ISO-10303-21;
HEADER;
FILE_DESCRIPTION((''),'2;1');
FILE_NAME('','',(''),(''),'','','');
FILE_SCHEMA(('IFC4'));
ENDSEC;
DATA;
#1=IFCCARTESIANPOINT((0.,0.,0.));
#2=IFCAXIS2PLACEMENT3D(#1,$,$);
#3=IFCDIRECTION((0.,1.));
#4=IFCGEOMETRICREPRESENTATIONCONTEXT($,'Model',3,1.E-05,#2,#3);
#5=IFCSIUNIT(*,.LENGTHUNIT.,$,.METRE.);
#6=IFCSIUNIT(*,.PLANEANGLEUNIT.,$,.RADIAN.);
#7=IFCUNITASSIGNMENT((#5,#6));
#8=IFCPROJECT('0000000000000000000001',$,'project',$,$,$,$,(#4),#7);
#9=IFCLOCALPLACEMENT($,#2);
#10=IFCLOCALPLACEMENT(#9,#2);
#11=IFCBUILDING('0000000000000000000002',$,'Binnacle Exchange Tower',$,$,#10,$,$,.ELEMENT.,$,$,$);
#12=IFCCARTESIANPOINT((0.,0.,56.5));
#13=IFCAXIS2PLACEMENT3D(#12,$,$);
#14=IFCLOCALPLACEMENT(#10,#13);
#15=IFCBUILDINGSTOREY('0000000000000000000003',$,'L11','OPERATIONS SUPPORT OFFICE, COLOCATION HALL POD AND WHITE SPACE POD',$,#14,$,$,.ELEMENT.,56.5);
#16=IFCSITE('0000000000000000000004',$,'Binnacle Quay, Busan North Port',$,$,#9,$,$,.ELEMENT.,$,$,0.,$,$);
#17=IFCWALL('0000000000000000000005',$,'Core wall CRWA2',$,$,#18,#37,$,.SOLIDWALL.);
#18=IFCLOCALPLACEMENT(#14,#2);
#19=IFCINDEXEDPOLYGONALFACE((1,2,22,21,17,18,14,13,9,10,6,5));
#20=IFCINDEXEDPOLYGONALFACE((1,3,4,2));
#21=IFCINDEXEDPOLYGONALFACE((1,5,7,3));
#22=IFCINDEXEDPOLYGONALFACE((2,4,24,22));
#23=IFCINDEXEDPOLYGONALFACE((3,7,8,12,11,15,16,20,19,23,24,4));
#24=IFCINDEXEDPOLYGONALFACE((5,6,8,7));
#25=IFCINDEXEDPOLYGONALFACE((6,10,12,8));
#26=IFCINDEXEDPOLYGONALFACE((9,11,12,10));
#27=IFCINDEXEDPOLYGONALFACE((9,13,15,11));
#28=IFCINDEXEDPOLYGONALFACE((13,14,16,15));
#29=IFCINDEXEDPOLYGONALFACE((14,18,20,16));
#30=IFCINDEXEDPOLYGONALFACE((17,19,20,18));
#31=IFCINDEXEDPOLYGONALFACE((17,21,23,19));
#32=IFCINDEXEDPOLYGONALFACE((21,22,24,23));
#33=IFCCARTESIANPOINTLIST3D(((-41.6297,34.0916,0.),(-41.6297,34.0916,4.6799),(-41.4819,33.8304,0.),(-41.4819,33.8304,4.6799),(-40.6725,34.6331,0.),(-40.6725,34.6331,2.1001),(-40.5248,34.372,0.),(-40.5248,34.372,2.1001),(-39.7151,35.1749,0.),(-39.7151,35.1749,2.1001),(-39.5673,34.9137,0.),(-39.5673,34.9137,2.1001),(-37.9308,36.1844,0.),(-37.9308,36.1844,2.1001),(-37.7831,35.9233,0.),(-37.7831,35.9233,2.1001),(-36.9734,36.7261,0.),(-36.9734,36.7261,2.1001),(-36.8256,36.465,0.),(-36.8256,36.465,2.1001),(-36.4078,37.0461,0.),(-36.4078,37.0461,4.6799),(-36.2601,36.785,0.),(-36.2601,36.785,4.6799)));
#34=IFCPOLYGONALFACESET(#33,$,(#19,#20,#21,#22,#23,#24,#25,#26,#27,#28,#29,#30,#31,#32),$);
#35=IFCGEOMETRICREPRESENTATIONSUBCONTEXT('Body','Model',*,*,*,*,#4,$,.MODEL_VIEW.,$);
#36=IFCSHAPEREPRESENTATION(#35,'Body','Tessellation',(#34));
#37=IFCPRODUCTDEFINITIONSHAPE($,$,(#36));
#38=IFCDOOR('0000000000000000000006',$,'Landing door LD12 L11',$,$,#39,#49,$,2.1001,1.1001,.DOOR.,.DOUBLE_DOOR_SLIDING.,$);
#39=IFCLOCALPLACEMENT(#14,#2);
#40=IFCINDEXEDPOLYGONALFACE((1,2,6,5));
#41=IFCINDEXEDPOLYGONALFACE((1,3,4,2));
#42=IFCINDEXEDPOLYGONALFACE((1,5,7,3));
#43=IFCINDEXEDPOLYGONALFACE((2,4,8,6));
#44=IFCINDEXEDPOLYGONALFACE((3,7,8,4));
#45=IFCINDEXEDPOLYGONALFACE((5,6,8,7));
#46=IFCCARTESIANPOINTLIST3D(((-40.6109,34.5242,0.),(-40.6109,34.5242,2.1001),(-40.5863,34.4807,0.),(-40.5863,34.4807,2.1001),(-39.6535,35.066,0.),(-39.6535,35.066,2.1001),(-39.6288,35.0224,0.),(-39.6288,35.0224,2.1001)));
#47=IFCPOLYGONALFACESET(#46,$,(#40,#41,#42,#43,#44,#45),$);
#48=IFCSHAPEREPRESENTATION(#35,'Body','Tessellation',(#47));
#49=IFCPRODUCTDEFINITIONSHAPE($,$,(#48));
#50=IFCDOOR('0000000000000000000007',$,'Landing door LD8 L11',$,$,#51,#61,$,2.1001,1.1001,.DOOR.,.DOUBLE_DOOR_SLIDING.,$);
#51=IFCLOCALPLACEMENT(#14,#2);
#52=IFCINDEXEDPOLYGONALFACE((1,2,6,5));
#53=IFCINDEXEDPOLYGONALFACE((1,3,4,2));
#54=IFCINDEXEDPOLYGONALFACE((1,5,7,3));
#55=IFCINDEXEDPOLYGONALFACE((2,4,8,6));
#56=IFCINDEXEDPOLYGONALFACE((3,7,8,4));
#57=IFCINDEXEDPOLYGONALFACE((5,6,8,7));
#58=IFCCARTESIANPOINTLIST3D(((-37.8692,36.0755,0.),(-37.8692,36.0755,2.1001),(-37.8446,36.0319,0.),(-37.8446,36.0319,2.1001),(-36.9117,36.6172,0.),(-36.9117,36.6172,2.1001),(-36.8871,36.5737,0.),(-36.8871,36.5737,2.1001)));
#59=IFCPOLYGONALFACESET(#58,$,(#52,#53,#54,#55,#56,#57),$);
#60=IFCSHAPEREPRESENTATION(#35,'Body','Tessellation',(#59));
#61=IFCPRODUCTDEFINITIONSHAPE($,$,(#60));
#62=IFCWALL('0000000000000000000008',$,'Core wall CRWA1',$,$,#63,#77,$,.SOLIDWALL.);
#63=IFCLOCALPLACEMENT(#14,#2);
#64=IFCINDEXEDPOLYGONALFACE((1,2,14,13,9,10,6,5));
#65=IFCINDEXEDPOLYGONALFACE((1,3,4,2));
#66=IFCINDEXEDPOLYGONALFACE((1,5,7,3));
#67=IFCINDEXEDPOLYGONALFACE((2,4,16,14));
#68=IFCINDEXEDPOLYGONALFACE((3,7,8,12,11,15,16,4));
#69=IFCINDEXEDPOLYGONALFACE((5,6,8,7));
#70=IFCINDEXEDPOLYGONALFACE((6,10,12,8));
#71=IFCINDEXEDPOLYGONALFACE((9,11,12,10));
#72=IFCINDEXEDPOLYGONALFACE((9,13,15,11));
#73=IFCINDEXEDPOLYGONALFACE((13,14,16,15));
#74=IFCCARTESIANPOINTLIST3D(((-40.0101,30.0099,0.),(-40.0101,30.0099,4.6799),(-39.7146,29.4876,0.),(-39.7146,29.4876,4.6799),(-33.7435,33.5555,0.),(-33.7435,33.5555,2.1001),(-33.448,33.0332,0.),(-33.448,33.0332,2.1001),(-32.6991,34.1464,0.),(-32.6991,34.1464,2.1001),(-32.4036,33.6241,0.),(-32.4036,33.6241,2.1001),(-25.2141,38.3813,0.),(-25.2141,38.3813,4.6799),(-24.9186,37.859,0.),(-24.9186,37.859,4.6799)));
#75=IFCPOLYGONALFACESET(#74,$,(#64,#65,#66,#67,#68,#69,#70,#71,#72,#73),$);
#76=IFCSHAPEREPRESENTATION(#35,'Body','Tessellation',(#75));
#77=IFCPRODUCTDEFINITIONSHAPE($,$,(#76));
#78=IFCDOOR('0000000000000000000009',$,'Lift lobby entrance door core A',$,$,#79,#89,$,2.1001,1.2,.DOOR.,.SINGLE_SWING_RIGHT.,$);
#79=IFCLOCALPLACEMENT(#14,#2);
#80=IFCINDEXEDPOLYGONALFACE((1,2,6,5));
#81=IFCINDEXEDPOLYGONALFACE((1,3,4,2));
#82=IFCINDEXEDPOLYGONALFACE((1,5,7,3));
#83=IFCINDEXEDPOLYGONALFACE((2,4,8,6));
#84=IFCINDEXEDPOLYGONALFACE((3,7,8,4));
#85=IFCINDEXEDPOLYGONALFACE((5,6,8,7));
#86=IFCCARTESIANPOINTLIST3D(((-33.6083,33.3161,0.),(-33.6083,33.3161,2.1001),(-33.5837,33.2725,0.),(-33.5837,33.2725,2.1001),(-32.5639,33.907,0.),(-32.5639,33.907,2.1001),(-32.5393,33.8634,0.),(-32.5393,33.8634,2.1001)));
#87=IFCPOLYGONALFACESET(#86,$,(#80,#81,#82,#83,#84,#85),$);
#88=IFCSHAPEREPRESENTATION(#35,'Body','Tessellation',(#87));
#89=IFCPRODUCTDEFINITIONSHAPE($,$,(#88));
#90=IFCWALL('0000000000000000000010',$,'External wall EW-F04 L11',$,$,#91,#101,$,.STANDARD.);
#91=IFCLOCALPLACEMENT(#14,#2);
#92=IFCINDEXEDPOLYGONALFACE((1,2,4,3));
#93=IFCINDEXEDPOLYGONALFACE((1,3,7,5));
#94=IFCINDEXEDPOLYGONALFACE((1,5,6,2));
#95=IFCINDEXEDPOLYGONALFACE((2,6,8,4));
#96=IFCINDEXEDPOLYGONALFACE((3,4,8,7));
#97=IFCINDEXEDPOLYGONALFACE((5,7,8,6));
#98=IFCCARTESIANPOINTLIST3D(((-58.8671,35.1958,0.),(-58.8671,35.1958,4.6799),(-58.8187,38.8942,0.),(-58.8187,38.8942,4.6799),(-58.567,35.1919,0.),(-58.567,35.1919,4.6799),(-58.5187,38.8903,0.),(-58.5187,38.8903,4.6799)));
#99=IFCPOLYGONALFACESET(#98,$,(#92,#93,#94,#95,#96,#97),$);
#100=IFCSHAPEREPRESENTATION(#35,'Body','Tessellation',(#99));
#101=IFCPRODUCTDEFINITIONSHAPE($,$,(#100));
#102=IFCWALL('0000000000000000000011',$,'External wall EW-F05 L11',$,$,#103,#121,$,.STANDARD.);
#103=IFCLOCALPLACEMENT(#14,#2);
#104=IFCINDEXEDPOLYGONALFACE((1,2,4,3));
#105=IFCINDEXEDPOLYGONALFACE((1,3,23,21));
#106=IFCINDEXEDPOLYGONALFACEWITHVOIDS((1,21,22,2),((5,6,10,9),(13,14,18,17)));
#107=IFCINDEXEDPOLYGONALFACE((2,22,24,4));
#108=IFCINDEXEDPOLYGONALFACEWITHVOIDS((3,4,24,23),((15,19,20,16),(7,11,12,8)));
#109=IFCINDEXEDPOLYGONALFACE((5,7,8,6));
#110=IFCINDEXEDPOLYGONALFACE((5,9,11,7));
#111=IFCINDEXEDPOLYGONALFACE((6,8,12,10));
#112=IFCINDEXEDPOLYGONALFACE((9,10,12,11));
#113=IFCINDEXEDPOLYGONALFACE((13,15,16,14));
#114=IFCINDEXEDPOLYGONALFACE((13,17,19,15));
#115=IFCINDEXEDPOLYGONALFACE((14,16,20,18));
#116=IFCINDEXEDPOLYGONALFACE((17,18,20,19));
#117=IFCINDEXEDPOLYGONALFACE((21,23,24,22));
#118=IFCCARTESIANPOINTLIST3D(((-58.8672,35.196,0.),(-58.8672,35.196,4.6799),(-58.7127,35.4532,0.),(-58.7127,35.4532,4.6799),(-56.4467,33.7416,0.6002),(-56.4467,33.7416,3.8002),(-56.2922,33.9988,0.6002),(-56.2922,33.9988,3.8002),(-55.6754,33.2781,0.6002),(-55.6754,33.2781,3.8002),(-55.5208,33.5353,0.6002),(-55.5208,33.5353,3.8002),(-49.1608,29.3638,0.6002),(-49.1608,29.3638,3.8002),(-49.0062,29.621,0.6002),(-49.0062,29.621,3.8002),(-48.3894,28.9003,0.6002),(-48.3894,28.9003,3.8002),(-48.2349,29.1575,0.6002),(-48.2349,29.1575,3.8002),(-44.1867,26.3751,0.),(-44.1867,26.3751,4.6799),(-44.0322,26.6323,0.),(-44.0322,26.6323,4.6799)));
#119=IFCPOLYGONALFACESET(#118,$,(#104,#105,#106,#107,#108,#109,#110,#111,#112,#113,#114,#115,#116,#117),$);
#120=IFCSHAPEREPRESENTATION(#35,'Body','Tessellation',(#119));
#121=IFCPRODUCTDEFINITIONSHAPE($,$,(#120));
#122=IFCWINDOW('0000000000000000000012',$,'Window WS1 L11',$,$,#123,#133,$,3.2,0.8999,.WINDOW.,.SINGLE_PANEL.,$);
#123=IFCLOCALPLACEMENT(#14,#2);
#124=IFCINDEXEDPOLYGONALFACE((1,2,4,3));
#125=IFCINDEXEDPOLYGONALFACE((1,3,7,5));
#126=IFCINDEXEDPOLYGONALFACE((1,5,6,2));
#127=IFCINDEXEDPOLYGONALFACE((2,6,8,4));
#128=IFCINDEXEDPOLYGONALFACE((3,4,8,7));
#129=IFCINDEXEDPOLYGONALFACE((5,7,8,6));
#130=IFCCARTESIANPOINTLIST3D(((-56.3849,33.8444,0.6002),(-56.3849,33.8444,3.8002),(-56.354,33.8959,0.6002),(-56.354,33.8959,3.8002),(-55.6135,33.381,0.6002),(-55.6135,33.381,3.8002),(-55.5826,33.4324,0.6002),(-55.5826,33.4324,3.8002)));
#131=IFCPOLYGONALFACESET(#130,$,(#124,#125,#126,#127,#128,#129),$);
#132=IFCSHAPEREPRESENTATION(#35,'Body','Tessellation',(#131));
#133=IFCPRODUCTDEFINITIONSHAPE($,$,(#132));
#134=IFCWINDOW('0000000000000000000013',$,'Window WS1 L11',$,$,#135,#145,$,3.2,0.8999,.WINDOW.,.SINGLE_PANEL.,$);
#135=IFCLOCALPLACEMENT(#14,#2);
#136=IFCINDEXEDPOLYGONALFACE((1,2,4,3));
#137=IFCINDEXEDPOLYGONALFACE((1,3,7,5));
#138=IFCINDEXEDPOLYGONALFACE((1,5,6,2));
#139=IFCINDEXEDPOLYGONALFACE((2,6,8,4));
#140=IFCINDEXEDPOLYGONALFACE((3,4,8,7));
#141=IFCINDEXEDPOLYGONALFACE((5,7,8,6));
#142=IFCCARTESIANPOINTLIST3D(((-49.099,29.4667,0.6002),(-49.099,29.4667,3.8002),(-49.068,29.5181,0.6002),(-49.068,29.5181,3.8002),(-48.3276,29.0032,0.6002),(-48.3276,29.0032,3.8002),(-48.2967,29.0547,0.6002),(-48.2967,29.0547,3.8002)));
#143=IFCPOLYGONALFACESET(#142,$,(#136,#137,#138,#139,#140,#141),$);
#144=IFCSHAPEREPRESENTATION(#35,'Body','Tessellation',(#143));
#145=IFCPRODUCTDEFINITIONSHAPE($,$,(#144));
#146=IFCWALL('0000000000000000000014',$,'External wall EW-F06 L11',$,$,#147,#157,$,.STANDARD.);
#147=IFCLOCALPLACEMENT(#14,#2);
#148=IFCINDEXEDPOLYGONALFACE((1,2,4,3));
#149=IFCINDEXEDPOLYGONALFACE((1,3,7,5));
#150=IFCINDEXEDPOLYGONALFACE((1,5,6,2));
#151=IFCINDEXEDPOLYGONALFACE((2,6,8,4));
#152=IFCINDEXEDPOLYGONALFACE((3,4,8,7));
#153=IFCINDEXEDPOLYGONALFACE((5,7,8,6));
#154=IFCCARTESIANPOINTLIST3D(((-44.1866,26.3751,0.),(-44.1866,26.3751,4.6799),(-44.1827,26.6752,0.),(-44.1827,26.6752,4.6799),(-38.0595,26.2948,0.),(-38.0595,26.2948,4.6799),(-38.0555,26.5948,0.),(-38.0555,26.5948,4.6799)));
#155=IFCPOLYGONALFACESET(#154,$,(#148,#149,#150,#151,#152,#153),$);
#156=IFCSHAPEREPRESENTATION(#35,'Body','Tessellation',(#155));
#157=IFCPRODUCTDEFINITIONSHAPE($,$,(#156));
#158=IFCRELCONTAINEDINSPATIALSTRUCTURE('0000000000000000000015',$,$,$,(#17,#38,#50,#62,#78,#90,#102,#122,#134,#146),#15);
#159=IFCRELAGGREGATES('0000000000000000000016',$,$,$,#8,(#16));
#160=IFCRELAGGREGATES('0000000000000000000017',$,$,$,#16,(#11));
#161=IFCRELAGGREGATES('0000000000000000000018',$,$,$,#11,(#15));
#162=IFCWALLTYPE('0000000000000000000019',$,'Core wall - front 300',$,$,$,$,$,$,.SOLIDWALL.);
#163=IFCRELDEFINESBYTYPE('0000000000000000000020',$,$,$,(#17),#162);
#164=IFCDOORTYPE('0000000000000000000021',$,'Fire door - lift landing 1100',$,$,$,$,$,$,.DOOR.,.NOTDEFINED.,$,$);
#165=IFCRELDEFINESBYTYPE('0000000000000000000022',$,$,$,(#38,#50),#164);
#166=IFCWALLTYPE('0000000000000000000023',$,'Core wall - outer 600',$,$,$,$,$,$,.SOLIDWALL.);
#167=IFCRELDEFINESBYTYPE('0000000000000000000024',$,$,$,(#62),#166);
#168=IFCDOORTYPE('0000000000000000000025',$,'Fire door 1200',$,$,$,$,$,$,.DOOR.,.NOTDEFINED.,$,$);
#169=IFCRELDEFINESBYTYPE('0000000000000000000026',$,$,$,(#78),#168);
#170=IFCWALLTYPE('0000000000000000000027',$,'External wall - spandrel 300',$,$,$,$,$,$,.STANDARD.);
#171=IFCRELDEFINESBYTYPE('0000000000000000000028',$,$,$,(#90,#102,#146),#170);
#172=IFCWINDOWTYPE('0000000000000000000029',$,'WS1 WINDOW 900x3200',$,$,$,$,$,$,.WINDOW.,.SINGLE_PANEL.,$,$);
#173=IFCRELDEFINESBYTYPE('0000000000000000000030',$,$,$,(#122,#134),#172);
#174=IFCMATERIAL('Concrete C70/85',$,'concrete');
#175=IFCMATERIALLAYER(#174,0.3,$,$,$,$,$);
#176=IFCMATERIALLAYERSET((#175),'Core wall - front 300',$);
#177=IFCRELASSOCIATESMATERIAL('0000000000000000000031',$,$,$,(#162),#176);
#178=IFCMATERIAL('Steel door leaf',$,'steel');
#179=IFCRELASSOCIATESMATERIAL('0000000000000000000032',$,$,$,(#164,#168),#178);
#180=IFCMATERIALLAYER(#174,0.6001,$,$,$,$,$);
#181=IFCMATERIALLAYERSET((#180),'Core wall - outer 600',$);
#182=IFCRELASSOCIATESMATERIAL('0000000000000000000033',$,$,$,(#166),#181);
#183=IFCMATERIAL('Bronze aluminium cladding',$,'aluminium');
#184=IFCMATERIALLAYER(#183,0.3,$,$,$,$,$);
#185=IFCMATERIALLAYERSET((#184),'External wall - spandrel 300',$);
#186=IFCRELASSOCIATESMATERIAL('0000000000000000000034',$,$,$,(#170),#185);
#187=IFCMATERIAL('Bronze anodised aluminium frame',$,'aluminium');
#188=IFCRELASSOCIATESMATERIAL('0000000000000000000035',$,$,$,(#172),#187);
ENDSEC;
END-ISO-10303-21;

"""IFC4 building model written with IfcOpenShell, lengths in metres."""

from ifc_helpers import new_model, si_unit, direction, frame, frame_2d, origin, place, context, subcontext, project, spatial, rectangle, extrude, material, layer, layer_set, type_object, element, fill, save


model = new_model("IFC4")

# Units and contexts
model_context = context("Model", 3, precision=1e-05, world=origin(), true_north=direction((0.0, 1.0)))
body_context = subcontext(model_context, "Body", "Model", "MODEL_VIEW")
ifc_project = project(units=[si_unit("LENGTHUNIT", "METRE"), si_unit("PLANEANGLEUNIT", "RADIAN")], contexts=[model_context])

# Site, building, storey
site_placement = place(None, origin())
site = spatial("IfcSite", under=ifc_project, at=site_placement, Name="Binnacle Quay, Busan North Port", CompositionType="ELEMENT", RefElevation=0.0)
building_placement = place(site_placement, origin())
building = spatial("IfcBuilding", under=site, at=building_placement, Name="Binnacle Exchange Tower", CompositionType="ELEMENT")
storey_placement = place(building_placement, frame((0.0, 0.0, 56.5)))
storey = spatial("IfcBuildingStorey", under=building, at=storey_placement, Name="L11", Description="OPERATIONS SUPPORT OFFICE, COLOCATION HALL POD AND WHITE SPACE POD", CompositionType="ELEMENT", Elevation=56.5)

# Shared definitions
ifc_material_1 = material(Name="Concrete C70/85", Category="concrete")

# Wall, openings, doors
ifc_layer_1 = layer(ifc_material_1, 0.3)
ifc_layer_set_1 = layer_set([ifc_layer_1], Name="Core wall - front 300")
wall_type_1 = type_object("IfcWallType", Name="Core wall - front 300", PredefinedType="SOLIDWALL", material=ifc_layer_set_1)
wall_1_placement = place(storey_placement, frame((-41.5559, 33.9609, 0.0), z_axis=(0.0, 0.0, 1.0), x_axis=(0.870344, 0.492445, 0.0)))
wall_1 = element("IfcWall", 1, at=wall_1_placement, inside=storey, type_object=wall_type_1, Name="Core wall CRWA2", PredefinedType="SOLIDWALL", context=body_context, shape_type="SweptSolid", body=[
    extrude(rectangle(XDim=5.9998, YDim=0.3, at=frame_2d((3.0, 0.0))), origin(), (0.0, 0.0, 1.0), 4.6799),
])
opening_1_placement = place(wall_1_placement, frame((1.0999, 0.0, 0.0)))
opening_1 = element("IfcOpeningElement", 2, at=opening_1_placement, cuts=wall_1, PredefinedType="OPENING", context=body_context, shape_type="SweptSolid", body=[
    extrude(rectangle(XDim=1.1001, YDim=2.1001, at=frame_2d((0.55, 1.05))), frame((0.0, 0.1599, 0.0), z_axis=(0.0, -1.0, 0.0), x_axis=(1.0, 0.0, 0.0)), (0.0, 0.0, 1.0), 0.3201),
])
opening_2_placement = place(wall_1_placement, frame((4.25, 0.0, 0.0)))
opening_2 = element("IfcOpeningElement", 3, at=opening_2_placement, cuts=wall_1, PredefinedType="OPENING", context=body_context, shape_type="SweptSolid", body=[
    extrude(rectangle(XDim=1.1001, YDim=2.1001, at=frame_2d((0.55, 1.05))), frame((0.0, 0.1599, 0.0), z_axis=(0.0, -1.0, 0.0), x_axis=(1.0, 0.0, 0.0)), (0.0, 0.0, 1.0), 0.3201),
])
ifc_material_2 = material(Name="Steel door leaf", Category="steel")
door_type_1 = type_object("IfcDoorType", Name="Fire door - lift landing 1100", OperationType="NOTDEFINED", PredefinedType="DOOR", material=ifc_material_2)
door_1_placement = place(opening_1_placement, origin())
door_1 = element("IfcDoor", 4, at=door_1_placement, inside=storey, type_object=door_type_1, Name="Landing door LD12 L11", OperationType="DOUBLE_DOOR_SLIDING", OverallHeight=2.1001, OverallWidth=1.1001, PredefinedType="DOOR", context=body_context, shape_type="SweptSolid", body=[
    extrude(rectangle(XDim=1.1001, YDim=2.1001, at=frame_2d((0.55, 1.05))), frame((0.0, 0.0249, 0.0), z_axis=(0.0, -1.0, 0.0), x_axis=(1.0, 0.0, 0.0)), (0.0, 0.0, 1.0), 0.05),
])
fill(opening_1, door_1)
door_2_placement = place(opening_2_placement, origin())
door_2 = element("IfcDoor", 5, at=door_2_placement, inside=storey, type_object=door_type_1, Name="Landing door LD8 L11", OperationType="DOUBLE_DOOR_SLIDING", OverallHeight=2.1001, OverallWidth=1.1001, PredefinedType="DOOR", context=body_context, shape_type="SweptSolid", body=[
    extrude(rectangle(XDim=1.1001, YDim=2.1001, at=frame_2d((0.55, 1.05))), frame((0.0, 0.0249, 0.0), z_axis=(0.0, -1.0, 0.0), x_axis=(1.0, 0.0, 0.0)), (0.0, 0.0, 1.0), 0.05),
])
fill(opening_2, door_2)

# Wall, opening, door
ifc_layer_2 = layer(ifc_material_1, 0.6001)
ifc_layer_set_2 = layer_set([ifc_layer_2], Name="Core wall - outer 600")
wall_type_2 = type_object("IfcWallType", Name="Core wall - outer 600", PredefinedType="SOLIDWALL", material=ifc_layer_set_2)
wall_2_placement = place(storey_placement, frame((-39.8623, 29.7488, 0.0), z_axis=(0.0, 0.0, 1.0), x_axis=(0.87035, 0.492433, 0.0)))
wall_2 = element("IfcWall", 6, at=wall_2_placement, inside=storey, type_object=wall_type_2, Name="Core wall CRWA1", PredefinedType="SOLIDWALL", context=body_context, shape_type="SweptSolid", body=[
    extrude(rectangle(XDim=17.0, YDim=0.6001, at=frame_2d((8.5, 0.0))), origin(), (0.0, 0.0, 1.0), 4.6799),
])
opening_3_placement = place(wall_2_placement, frame((7.2, 0.0, 0.0)))
opening_3 = element("IfcOpeningElement", 7, at=opening_3_placement, cuts=wall_2, PredefinedType="OPENING", context=body_context, shape_type="SweptSolid", body=[
    extrude(rectangle(XDim=1.2, YDim=2.1001, at=frame_2d((0.6001, 1.05))), frame((0.0, 0.3101, 0.0), z_axis=(0.0, -1.0, 0.0), x_axis=(1.0, 0.0, 0.0)), (0.0, 0.0, 1.0), 0.6201),
])
door_type_2 = type_object("IfcDoorType", Name="Fire door 1200", OperationType="NOTDEFINED", PredefinedType="DOOR", material=ifc_material_2)
door_3_placement = place(opening_3_placement, frame((1.2, 0.0, 0.0), z_axis=(0.0, 0.0, 1.0), x_axis=(-1.0, 0.0, 0.0)))
door_3 = element("IfcDoor", 8, at=door_3_placement, inside=storey, type_object=door_type_2, Name="Lift lobby entrance door core A", OperationType="SINGLE_SWING_RIGHT", OverallHeight=2.1001, OverallWidth=1.2, PredefinedType="DOOR", context=body_context, shape_type="SweptSolid", body=[
    extrude(rectangle(XDim=1.2, YDim=2.1001, at=frame_2d((0.6001, 1.05))), frame((0.0, 0.0249, 0.0), z_axis=(0.0, -1.0, 0.0), x_axis=(1.0, 0.0, 0.0)), (0.0, 0.0, 1.0), 0.05),
])
fill(opening_3, door_3)

# Wall
ifc_material_3 = material(Name="Bronze aluminium cladding", Category="aluminium")
ifc_layer_3 = layer(ifc_material_3, 0.3)
ifc_layer_set_3 = layer_set([ifc_layer_3], Name="External wall - spandrel 300")
wall_type_3 = type_object("IfcWallType", Name="External wall - spandrel 300", PredefinedType="STANDARD", material=ifc_layer_set_3)
wall_3_placement = place(storey_placement, frame((-58.717, 35.1938, 0.0), z_axis=(0.0, 0.0, 1.0), x_axis=(0.013069, 0.999915, 0.0)))
element("IfcWall", 9, at=wall_3_placement, inside=storey, type_object=wall_type_3, Name="External wall EW-F04 L11", PredefinedType="STANDARD", context=body_context, shape_type="SweptSolid", body=[
    extrude(rectangle(XDim=3.6987, YDim=0.3, at=frame_2d((1.8494, 0.0))), origin(), (0.0, 0.0, 1.0), 4.6799),
])

# Wall, openings, windows
wall_4_placement = place(storey_placement, frame((-44.1094, 26.5037, 0.0), z_axis=(0.0, 0.0, 1.0), x_axis=(-0.85717, 0.515034, 0.0)))
wall_4 = element("IfcWall", 10, at=wall_4_placement, inside=storey, type_object=wall_type_3, Name="External wall EW-F05 L11", PredefinedType="STANDARD", context=body_context, shape_type="SweptSolid", body=[
    extrude(rectangle(XDim=17.1267, YDim=0.3, at=frame_2d((8.5635, 0.0))), origin(), (0.0, 0.0, 1.0), 4.6799),
])
opening_4_placement = place(wall_4_placement, frame((13.4031, 0.0, 0.6001)))
opening_4 = element("IfcOpeningElement", 11, at=opening_4_placement, cuts=wall_4, PredefinedType="OPENING", context=body_context, shape_type="SweptSolid", body=[
    extrude(rectangle(XDim=0.8999, YDim=3.2, at=frame_2d((0.45, 1.6001))), frame((0.0, 0.1599, 0.0), z_axis=(0.0, -1.0, 0.0), x_axis=(1.0, 0.0, 0.0)), (0.0, 0.0, 1.0), 0.3201),
])
opening_5_placement = place(wall_4_placement, frame((4.9031, 0.0, 0.6001)))
opening_5 = element("IfcOpeningElement", 12, at=opening_5_placement, cuts=wall_4, PredefinedType="OPENING", context=body_context, shape_type="SweptSolid", body=[
    extrude(rectangle(XDim=0.8999, YDim=3.2, at=frame_2d((0.45, 1.6001))), frame((0.0, 0.1599, 0.0), z_axis=(0.0, -1.0, 0.0), x_axis=(1.0, 0.0, 0.0)), (0.0, 0.0, 1.0), 0.3201),
])
ifc_material_4 = material(Name="Bronze anodised aluminium frame", Category="aluminium")
window_type = type_object("IfcWindowType", Name="WS1 WINDOW 900x3200", PartitioningType="SINGLE_PANEL", PredefinedType="WINDOW", material=ifc_material_4)
window_1_placement = place(opening_4_placement, origin())
window_1 = element("IfcWindow", 13, at=window_1_placement, inside=storey, type_object=window_type, Name="Window WS1 L11", OverallHeight=3.2, OverallWidth=0.8999, PartitioningType="SINGLE_PANEL", PredefinedType="WINDOW", context=body_context, shape_type="SweptSolid", body=[
    extrude(rectangle(XDim=0.8999, YDim=3.2, at=frame_2d((0.45, 1.6001))), frame((0.0, 0.03, 0.0), z_axis=(0.0, -1.0, 0.0), x_axis=(1.0, 0.0, 0.0)), (0.0, 0.0, 1.0), 0.0601),
])
fill(opening_4, window_1)
window_2_placement = place(opening_5_placement, origin())
window_2 = element("IfcWindow", 14, at=window_2_placement, inside=storey, type_object=window_type, Name="Window WS1 L11", OverallHeight=3.2, OverallWidth=0.8999, PartitioningType="SINGLE_PANEL", PredefinedType="WINDOW", context=body_context, shape_type="SweptSolid", body=[
    extrude(rectangle(XDim=0.8999, YDim=3.2, at=frame_2d((0.45, 1.6001))), frame((0.0, 0.03, 0.0), z_axis=(0.0, -1.0, 0.0), x_axis=(1.0, 0.0, 0.0)), (0.0, 0.0, 1.0), 0.0601),
])
fill(opening_5, window_2)

# Wall
wall_5_placement = place(storey_placement, frame((-38.0574, 26.4448, 0.0), z_axis=(0.0, 0.0, 1.0), x_axis=(-0.999914, 0.013108, 0.0)))
element("IfcWall", 15, at=wall_5_placement, inside=storey, type_object=wall_type_3, Name="External wall EW-F06 L11", PredefinedType="STANDARD", context=body_context, shape_type="SweptSolid", body=[
    extrude(rectangle(XDim=6.1277, YDim=0.3, at=frame_2d((3.064, 0.0))), origin(), (0.0, 0.0, 1.0), 4.6799),
])

save(model, "model.ifc")
